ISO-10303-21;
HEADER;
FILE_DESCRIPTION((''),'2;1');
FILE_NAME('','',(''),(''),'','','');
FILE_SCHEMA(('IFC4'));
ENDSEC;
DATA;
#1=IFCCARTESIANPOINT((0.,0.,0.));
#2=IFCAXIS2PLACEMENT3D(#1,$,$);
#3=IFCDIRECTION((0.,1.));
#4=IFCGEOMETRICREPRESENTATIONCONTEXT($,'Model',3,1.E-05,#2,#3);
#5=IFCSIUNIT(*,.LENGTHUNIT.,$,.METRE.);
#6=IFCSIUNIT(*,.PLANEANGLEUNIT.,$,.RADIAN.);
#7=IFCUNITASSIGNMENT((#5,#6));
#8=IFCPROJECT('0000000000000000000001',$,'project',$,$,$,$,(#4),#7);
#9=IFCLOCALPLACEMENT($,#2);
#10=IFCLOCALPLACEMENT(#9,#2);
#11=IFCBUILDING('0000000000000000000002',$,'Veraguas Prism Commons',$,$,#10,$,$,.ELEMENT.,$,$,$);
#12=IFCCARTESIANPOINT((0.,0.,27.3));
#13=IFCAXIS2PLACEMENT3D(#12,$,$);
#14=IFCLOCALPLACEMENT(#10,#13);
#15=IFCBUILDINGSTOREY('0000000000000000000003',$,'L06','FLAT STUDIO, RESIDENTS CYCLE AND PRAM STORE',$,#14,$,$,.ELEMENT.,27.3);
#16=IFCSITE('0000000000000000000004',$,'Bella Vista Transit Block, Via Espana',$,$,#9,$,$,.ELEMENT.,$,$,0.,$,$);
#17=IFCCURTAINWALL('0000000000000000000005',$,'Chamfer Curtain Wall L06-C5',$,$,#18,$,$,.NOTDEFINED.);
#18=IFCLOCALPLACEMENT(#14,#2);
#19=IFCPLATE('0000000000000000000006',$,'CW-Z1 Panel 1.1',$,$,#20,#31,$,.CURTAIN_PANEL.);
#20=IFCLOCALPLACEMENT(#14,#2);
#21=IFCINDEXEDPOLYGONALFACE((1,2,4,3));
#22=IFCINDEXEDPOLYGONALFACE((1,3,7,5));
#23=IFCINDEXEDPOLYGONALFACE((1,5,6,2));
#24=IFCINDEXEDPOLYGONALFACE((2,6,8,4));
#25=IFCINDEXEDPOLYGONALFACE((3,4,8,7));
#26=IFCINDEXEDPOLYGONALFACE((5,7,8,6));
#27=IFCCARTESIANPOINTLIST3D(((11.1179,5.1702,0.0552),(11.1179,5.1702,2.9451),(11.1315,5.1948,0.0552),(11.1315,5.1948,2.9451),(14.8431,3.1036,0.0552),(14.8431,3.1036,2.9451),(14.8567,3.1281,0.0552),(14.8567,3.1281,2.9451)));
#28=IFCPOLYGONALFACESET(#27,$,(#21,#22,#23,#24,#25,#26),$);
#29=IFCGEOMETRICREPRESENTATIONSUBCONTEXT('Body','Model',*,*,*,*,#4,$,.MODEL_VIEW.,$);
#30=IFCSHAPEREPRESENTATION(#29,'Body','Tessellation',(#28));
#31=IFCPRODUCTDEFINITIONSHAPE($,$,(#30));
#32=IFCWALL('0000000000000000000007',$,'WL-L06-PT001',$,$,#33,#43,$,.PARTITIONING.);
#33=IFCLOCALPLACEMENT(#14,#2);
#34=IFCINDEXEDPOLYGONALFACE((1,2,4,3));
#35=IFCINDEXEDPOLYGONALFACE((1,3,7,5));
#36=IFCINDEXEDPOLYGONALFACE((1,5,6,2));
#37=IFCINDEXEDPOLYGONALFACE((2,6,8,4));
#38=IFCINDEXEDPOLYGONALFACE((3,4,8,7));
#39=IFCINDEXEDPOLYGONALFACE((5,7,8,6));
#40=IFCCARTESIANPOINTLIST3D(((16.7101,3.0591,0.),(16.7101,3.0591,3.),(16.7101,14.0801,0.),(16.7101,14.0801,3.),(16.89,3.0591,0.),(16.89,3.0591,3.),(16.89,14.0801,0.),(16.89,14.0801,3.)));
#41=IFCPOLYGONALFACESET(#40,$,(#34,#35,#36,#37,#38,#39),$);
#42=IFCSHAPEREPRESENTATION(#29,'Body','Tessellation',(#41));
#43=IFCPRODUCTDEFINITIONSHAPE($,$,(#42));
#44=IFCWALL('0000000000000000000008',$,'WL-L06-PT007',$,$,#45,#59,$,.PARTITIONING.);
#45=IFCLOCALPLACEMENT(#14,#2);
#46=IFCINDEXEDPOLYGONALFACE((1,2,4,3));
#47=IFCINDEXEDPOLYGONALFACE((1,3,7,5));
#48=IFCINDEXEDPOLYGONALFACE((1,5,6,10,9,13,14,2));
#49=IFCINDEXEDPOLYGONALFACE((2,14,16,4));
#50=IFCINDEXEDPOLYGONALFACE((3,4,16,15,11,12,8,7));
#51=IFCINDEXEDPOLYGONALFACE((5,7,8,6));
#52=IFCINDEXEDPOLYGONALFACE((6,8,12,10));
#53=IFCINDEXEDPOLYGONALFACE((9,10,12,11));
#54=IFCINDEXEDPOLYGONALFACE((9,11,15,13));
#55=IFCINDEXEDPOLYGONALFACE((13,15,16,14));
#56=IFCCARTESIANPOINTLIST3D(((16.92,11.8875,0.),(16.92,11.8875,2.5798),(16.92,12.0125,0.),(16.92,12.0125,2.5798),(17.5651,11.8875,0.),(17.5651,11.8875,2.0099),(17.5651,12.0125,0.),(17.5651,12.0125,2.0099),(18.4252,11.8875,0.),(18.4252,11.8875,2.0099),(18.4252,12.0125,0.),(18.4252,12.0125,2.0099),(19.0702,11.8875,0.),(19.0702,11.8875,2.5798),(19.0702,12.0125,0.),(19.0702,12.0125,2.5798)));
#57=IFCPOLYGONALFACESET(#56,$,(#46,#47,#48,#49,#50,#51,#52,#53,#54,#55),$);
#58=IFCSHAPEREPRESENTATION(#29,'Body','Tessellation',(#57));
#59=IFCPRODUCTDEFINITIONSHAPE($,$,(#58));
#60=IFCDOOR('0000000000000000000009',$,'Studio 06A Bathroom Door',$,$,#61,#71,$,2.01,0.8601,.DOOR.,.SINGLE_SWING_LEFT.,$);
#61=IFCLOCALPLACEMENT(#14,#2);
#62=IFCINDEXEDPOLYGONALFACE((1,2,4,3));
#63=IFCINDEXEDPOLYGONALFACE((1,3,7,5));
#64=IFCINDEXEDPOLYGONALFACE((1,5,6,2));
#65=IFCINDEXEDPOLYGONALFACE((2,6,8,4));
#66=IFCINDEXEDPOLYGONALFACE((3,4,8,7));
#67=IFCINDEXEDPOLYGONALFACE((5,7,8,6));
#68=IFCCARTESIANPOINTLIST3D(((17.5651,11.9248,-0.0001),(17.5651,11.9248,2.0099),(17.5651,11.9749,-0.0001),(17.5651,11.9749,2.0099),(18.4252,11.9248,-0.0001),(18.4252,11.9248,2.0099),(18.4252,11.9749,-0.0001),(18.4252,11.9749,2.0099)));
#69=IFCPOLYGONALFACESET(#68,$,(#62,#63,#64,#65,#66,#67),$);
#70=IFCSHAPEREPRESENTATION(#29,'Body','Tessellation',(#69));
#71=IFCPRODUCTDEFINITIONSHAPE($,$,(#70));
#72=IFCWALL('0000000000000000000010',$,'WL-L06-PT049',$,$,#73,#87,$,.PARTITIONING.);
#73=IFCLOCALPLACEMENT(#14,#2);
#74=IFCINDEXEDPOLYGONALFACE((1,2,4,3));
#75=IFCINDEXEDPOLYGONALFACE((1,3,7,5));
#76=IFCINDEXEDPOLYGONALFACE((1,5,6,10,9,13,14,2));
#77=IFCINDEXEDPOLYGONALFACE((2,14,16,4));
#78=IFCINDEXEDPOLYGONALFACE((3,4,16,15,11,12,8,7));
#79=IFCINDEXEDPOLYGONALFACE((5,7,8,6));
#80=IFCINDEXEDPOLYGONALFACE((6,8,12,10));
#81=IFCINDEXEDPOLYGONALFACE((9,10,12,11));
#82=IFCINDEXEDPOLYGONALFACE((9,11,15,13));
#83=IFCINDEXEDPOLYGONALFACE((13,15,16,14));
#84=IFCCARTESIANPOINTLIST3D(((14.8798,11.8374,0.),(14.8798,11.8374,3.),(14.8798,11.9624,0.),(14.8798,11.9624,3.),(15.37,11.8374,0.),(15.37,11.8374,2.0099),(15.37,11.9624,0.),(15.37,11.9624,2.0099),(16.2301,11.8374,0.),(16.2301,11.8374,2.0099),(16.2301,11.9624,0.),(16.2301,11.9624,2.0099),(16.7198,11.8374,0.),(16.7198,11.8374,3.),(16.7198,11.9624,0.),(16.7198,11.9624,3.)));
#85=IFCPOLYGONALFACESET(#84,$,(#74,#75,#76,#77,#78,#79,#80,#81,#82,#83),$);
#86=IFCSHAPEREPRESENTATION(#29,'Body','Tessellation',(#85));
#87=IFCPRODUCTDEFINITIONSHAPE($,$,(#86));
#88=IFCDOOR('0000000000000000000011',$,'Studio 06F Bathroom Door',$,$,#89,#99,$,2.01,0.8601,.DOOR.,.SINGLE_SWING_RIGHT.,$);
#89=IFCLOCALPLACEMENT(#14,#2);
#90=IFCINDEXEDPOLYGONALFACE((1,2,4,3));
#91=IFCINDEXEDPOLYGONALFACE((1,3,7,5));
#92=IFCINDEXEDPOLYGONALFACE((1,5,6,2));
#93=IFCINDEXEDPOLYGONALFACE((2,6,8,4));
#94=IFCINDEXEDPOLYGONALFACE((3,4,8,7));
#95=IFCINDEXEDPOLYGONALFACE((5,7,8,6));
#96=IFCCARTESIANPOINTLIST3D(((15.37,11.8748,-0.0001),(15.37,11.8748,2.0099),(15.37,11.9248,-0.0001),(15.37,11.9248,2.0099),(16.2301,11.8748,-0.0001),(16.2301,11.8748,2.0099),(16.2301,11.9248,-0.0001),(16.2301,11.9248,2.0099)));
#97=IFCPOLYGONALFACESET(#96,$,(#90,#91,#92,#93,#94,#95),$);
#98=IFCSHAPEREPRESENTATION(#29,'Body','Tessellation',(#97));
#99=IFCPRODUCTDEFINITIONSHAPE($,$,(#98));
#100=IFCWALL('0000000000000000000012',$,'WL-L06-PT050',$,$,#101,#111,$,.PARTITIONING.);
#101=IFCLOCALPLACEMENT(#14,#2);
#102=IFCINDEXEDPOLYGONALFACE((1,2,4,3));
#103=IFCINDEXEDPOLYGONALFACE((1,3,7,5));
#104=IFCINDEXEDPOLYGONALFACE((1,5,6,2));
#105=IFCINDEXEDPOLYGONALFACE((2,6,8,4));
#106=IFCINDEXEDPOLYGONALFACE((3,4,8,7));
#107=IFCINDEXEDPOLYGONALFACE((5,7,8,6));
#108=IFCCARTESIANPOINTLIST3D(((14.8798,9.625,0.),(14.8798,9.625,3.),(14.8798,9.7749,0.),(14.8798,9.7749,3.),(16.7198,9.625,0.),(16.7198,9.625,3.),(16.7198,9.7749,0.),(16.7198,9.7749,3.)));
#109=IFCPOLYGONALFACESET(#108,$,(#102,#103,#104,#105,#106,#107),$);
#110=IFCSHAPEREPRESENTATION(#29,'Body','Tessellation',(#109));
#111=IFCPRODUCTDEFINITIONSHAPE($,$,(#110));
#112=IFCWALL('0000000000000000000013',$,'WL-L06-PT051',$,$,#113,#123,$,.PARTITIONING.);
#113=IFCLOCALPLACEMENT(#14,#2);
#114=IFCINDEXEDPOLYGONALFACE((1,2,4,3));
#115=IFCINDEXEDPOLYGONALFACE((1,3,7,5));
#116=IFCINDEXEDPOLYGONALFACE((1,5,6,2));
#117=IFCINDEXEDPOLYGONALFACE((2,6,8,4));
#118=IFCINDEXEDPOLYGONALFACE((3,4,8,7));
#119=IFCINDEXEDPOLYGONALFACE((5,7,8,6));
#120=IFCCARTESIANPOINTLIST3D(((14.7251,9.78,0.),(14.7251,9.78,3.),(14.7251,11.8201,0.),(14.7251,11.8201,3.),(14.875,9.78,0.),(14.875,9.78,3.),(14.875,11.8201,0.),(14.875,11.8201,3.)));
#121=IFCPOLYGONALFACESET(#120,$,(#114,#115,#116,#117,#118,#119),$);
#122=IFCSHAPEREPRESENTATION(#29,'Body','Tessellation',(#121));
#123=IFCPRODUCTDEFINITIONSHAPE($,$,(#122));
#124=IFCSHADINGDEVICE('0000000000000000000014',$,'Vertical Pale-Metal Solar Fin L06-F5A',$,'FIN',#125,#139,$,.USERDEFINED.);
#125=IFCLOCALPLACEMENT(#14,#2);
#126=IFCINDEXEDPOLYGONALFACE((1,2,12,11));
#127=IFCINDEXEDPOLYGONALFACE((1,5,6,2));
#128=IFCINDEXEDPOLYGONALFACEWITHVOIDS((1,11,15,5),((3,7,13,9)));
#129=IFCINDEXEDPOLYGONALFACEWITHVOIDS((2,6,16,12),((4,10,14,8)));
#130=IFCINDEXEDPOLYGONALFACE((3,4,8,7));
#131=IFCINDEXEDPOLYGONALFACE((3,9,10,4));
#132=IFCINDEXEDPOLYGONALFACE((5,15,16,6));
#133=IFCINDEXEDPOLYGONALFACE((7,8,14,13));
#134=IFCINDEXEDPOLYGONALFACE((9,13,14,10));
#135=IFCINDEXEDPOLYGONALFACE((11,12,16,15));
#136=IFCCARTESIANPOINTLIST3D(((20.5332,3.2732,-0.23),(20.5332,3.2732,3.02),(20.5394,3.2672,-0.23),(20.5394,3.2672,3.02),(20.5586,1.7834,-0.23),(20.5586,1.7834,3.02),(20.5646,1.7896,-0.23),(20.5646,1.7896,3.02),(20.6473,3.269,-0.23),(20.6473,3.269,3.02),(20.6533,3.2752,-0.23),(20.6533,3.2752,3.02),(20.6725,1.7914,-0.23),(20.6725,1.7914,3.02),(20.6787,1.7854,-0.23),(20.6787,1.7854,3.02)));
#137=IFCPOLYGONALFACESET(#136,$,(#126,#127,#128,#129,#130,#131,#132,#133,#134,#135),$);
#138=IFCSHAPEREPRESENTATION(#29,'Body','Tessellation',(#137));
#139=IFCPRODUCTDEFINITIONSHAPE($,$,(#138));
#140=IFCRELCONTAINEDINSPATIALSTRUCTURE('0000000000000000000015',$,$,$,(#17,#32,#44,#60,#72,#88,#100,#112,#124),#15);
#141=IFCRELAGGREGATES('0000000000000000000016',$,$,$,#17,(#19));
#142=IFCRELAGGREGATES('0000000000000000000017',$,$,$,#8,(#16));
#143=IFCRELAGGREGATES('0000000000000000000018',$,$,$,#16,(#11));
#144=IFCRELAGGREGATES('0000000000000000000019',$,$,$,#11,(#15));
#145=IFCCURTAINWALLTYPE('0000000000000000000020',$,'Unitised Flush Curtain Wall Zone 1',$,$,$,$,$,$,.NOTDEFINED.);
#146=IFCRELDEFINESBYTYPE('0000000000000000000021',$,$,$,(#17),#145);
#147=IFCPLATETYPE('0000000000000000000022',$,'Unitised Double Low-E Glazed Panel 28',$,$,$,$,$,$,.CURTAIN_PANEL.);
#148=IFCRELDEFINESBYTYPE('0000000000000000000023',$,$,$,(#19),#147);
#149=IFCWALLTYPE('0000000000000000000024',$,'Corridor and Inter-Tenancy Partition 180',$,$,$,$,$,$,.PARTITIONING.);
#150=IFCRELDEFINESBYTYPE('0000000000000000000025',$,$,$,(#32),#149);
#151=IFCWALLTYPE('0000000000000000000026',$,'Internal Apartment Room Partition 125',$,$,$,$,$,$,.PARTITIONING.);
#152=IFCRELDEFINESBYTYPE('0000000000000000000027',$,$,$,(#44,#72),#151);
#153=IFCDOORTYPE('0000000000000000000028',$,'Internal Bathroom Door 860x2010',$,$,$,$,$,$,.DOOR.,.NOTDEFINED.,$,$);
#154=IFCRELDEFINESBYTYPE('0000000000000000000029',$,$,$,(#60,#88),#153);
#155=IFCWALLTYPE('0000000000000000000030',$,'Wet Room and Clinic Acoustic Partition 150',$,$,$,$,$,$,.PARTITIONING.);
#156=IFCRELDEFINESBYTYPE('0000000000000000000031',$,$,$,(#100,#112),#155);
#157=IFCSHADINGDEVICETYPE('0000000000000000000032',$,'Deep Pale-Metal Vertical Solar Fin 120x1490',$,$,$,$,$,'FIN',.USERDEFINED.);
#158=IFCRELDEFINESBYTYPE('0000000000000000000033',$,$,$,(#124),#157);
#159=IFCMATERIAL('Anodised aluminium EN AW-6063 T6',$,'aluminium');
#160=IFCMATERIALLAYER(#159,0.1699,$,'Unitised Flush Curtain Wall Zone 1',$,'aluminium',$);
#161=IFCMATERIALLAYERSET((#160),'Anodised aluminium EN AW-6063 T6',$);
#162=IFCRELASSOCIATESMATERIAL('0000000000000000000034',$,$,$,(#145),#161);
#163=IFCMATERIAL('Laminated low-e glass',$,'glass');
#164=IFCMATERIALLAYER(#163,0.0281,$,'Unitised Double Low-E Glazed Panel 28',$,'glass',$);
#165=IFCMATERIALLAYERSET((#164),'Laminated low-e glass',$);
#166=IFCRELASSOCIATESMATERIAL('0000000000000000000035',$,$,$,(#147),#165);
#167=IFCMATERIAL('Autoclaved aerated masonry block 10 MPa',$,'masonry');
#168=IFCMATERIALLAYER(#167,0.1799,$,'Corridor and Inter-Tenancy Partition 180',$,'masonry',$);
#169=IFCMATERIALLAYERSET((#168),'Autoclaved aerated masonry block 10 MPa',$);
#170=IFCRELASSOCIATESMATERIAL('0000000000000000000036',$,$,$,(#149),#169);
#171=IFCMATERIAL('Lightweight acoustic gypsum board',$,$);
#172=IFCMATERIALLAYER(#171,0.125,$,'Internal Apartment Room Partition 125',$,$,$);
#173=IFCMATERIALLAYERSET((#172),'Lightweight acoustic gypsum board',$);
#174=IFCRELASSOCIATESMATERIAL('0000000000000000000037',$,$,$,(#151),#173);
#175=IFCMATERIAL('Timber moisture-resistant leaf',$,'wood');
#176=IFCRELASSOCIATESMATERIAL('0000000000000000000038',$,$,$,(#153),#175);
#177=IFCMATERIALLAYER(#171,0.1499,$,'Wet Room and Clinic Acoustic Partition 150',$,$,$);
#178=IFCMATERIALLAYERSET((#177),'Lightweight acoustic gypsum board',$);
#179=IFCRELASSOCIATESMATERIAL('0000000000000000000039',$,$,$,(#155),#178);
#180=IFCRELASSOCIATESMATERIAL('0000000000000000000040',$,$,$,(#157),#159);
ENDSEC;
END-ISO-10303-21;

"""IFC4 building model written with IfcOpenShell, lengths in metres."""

from ifc_helpers import new_model, si_unit, direction, frame, frame_2d, origin, origin_2d, place, context, subcontext, project, spatial, rectangle, hollow_rectangle, extrude, source, transform, mapped, material, layer, layer_set, material_profile, profile_set, type_object, element, fill, aggregate, save


model = new_model("IFC4")

# Units and contexts
model_context = context("Model", 3, precision=1e-05, world=origin(), true_north=direction((0.0, 1.0)))
body_context = subcontext(model_context, "Body", "Model", "MODEL_VIEW")
ifc_project = project(units=[si_unit("LENGTHUNIT", "METRE"), si_unit("PLANEANGLEUNIT", "RADIAN")], contexts=[model_context])

# Site, building, storey
site_placement = place(None, origin())
site = spatial("IfcSite", under=ifc_project, at=site_placement, Name="Bella Vista Transit Block, Via Espana", CompositionType="ELEMENT", RefElevation=0.0)
building_placement = place(site_placement, origin())
building = spatial("IfcBuilding", under=site, at=building_placement, Name="Veraguas Prism Commons", CompositionType="ELEMENT")
storey_placement = place(building_placement, frame((0.0, 0.0, 27.3)))
storey = spatial("IfcBuildingStorey", under=building, at=storey_placement, Name="L06", Description="FLAT STUDIO, RESIDENTS CYCLE AND PRAM STORE", CompositionType="ELEMENT", Elevation=27.3)

# Shared definitions
ifc_material_1 = material(Name="Anodised aluminium EN AW-6063 T6", Category="aluminium")
ifc_layer_1 = layer(ifc_material_1, 0.1699, Name="Unitised Flush Curtain Wall Zone 1", Category="aluminium")
ifc_layer_set_1 = layer_set([ifc_layer_1], Name="Anodised aluminium EN AW-6063 T6")
curtain_wall_type = type_object("IfcCurtainWallType", Name="Unitised Flush Curtain Wall Zone 1", PredefinedType="NOTDEFINED", material=ifc_layer_set_1)

# Curtain wall
curtain_wall_1_placement = place(storey_placement, origin())
curtain_wall_1 = element("IfcCurtainWall", 1, at=curtain_wall_1_placement, inside=storey, type_object=curtain_wall_type, Name="Chamfer Curtain Wall L06-C5", PredefinedType="NOTDEFINED")

# Plate
ifc_material_2 = material(Name="Laminated low-e glass", Category="glass")
ifc_layer_2 = layer(ifc_material_2, 0.0281, Name="Unitised Double Low-E Glazed Panel 28", Category="glass")
ifc_layer_set_2 = layer_set([ifc_layer_2], Name="Laminated low-e glass")
plate_type = type_object("IfcPlateType", Name="Unitised Double Low-E Glazed Panel 28", PredefinedType="CURTAIN_PANEL", material=ifc_layer_set_2)
shared_shape_1 = source(origin(), body_context, "Body", "SweptSolid", [
    extrude(rectangle(XDim=4.26, YDim=0.0281, at=origin_2d()), origin(), (0.0, 0.0, 1.0), 2.8899),
])
plate_1_placement = place(storey_placement, frame((12.9873, 4.1492, 0.0552), z_axis=(0.0, 0.0, 1.0), x_axis=(0.874445, -0.485124, 0.0)))
plate_1 = element("IfcPlate", 2, at=plate_1_placement, type_object=plate_type, Name="CW-Z1 Panel 1.1", PredefinedType="CURTAIN_PANEL", context=body_context, shape_type="MappedRepresentation", body=[
    mapped(shared_shape_1, transform((0.0, 0.0, 0.0), scale=1.0)),
])
aggregate(curtain_wall_1, [plate_1])

# Wall
ifc_material_3 = material(Name="Autoclaved aerated masonry block 10 MPa", Category="masonry")
ifc_layer_3 = layer(ifc_material_3, 0.1799, Name="Corridor and Inter-Tenancy Partition 180", Category="masonry")
ifc_layer_set_3 = layer_set([ifc_layer_3], Name="Autoclaved aerated masonry block 10 MPa")
wall_type_1 = type_object("IfcWallType", Name="Corridor and Inter-Tenancy Partition 180", PredefinedType="PARTITIONING", material=ifc_layer_set_3)
wall_1_placement = place(storey_placement, frame((16.8, 14.0801, 0.0), z_axis=(0.0, 0.0, 1.0), x_axis=(0.0, -1.0, 0.0)))
element("IfcWall", 3, at=wall_1_placement, inside=storey, type_object=wall_type_1, Name="WL-L06-PT001", PredefinedType="PARTITIONING", context=body_context, shape_type="SweptSolid", body=[
    extrude(rectangle(XDim=11.021, YDim=0.1799, at=frame_2d((5.5105, 0.0))), origin(), (0.0, 0.0, 1.0), 3.0),
])

# Walls, openings, doors
ifc_material_4 = material(Name="Lightweight acoustic gypsum board")
ifc_layer_4 = layer(ifc_material_4, 0.125, Name="Internal Apartment Room Partition 125")
ifc_layer_set_4 = layer_set([ifc_layer_4], Name="Lightweight acoustic gypsum board")
wall_type_2 = type_object("IfcWallType", Name="Internal Apartment Room Partition 125", PredefinedType="PARTITIONING", material=ifc_layer_set_4)
wall_2_placement = place(storey_placement, frame((16.9199, 11.95, 0.0), z_axis=(0.0, 0.0, 1.0), x_axis=(1.0, 0.0, 0.0)))
wall_2 = element("IfcWall", 4, at=wall_2_placement, inside=storey, type_object=wall_type_2, Name="WL-L06-PT007", PredefinedType="PARTITIONING", context=body_context, shape_type="SweptSolid", body=[
    extrude(rectangle(XDim=2.1501, YDim=0.125, at=frame_2d((1.0752, 0.0))), origin(), (0.0, 0.0, 1.0), 2.5798),
])
opening_1_placement = place(wall_2_placement, frame((0.645, 0.0, 0.0)))
opening_1 = element("IfcOpeningElement", 5, at=opening_1_placement, cuts=wall_2, PredefinedType="OPENING", context=body_context, shape_type="SweptSolid", body=[
    extrude(rectangle(XDim=0.8601, YDim=2.01, at=frame_2d((0.4302, 1.0049))), frame((0.0, 0.0725, 0.0), z_axis=(0.0, -1.0, 0.0), x_axis=(1.0, 0.0, 0.0)), (0.0, 0.0, 1.0), 0.145),
])
ifc_material_5 = material(Name="Timber moisture-resistant leaf", Category="wood")
door_type = type_object("IfcDoorType", Name="Internal Bathroom Door 860x2010", OperationType="NOTDEFINED", PredefinedType="DOOR", material=ifc_material_5)
shared_shape_2 = source(origin(), body_context, "Body", "SweptSolid", [
    extrude(rectangle(XDim=0.8601, YDim=2.01, at=frame_2d((0.4302, 1.0049))), frame((0.0, 0.0249, 0.0), z_axis=(0.0, -1.0, 0.0), x_axis=(1.0, 0.0, 0.0)), (0.0, 0.0, 1.0), 0.05),
])
door_1_placement = place(opening_1_placement, origin())
door_1 = element("IfcDoor", 6, at=door_1_placement, inside=storey, type_object=door_type, Name="Studio 06A Bathroom Door", OperationType="SINGLE_SWING_LEFT", OverallHeight=2.01, OverallWidth=0.8601, PredefinedType="DOOR", context=body_context, shape_type="MappedRepresentation", body=[
    mapped(shared_shape_2, transform((0.0, 0.0, 0.0), scale=1.0)),
])
fill(opening_1, door_1)
wall_3_placement = place(storey_placement, frame((14.8799, 11.8999, 0.0), z_axis=(0.0, 0.0, 1.0), x_axis=(1.0, 0.0, 0.0)))
wall_3 = element("IfcWall", 7, at=wall_3_placement, inside=storey, type_object=wall_type_2, Name="WL-L06-PT049", PredefinedType="PARTITIONING", context=body_context, shape_type="SweptSolid", body=[
    extrude(rectangle(XDim=1.8401, YDim=0.125, at=frame_2d((0.9199, 0.0))), origin(), (0.0, 0.0, 1.0), 3.0),
])
opening_2_placement = place(wall_3_placement, frame((0.49, 0.0, 0.0)))
opening_2 = element("IfcOpeningElement", 8, at=opening_2_placement, cuts=wall_3, PredefinedType="OPENING", context=body_context, shape_type="SweptSolid", body=[
    extrude(rectangle(XDim=0.8601, YDim=2.01, at=frame_2d((0.4302, 1.0049))), frame((0.0, 0.0725, 0.0), z_axis=(0.0, -1.0, 0.0), x_axis=(1.0, 0.0, 0.0)), (0.0, 0.0, 1.0), 0.145),
])
door_2_placement = place(opening_2_placement, origin())
door_2 = element("IfcDoor", 9, at=door_2_placement, inside=storey, type_object=door_type, Name="Studio 06F Bathroom Door", OperationType="SINGLE_SWING_RIGHT", OverallHeight=2.01, OverallWidth=0.8601, PredefinedType="DOOR", context=body_context, shape_type="MappedRepresentation", body=[
    mapped(shared_shape_2, transform((0.0, 0.0, 0.0), scale=1.0)),
])
fill(opening_2, door_2)

# Walls
ifc_layer_5 = layer(ifc_material_4, 0.1499, Name="Wet Room and Clinic Acoustic Partition 150")
ifc_layer_set_5 = layer_set([ifc_layer_5], Name="Lightweight acoustic gypsum board")
wall_type_3 = type_object("IfcWallType", Name="Wet Room and Clinic Acoustic Partition 150", PredefinedType="PARTITIONING", material=ifc_layer_set_5)
wall_4_placement = place(storey_placement, frame((14.8799, 9.7, 0.0), z_axis=(0.0, 0.0, 1.0), x_axis=(1.0, 0.0, 0.0)))
element("IfcWall", 10, at=wall_4_placement, inside=storey, type_object=wall_type_3, Name="WL-L06-PT050", PredefinedType="PARTITIONING", context=body_context, shape_type="SweptSolid", body=[
    extrude(rectangle(XDim=1.8401, YDim=0.1499, at=frame_2d((0.9199, 0.0))), origin(), (0.0, 0.0, 1.0), 3.0),
])
wall_5_placement = place(storey_placement, frame((14.8, 9.78, 0.0), z_axis=(0.0, 0.0, 1.0), x_axis=(0.0, 1.0, 0.0)))
element("IfcWall", 11, at=wall_5_placement, inside=storey, type_object=wall_type_3, Name="WL-L06-PT051", PredefinedType="PARTITIONING", context=body_context, shape_type="SweptSolid", body=[
    extrude(rectangle(XDim=2.04, YDim=0.1499, at=frame_2d((1.02, 0.0))), origin(), (0.0, 0.0, 1.0), 3.0),
])

# Shading device
ifc_material_profile_1 = material_profile(ifc_material_1, hollow_rectangle(XDim=0.1201, YDim=1.49, WallThickness=0.0061, at=origin_2d()), Name="FIN120X1490X6")
ifc_profile_set_1 = profile_set([ifc_material_profile_1], Name="Anodised aluminium EN AW-6063 T6")
shading_device_type = type_object("IfcShadingDeviceType", Name="Deep Pale-Metal Vertical Solar Fin 120x1490", ElementType="FIN", PredefinedType="USERDEFINED", material=ifc_profile_set_1)
shading_device_placement = place(storey_placement, frame((20.606, 2.5293, -0.23), z_axis=(0.0, 0.0, 1.0), x_axis=(0.999854, 0.017103, 0.0)))
element("IfcShadingDevice", 12, at=shading_device_placement, inside=storey, type_object=shading_device_type, Name="Vertical Pale-Metal Solar Fin L06-F5A", ObjectType="FIN", PredefinedType="USERDEFINED", context=body_context, shape_type="SweptSolid", body=[
    extrude(hollow_rectangle(XDim=0.1201, YDim=1.49, WallThickness=0.0061, at=origin_2d()), origin(), (0.0, 0.0, 1.0), 3.25),
])

save(model, "model.ifc")
